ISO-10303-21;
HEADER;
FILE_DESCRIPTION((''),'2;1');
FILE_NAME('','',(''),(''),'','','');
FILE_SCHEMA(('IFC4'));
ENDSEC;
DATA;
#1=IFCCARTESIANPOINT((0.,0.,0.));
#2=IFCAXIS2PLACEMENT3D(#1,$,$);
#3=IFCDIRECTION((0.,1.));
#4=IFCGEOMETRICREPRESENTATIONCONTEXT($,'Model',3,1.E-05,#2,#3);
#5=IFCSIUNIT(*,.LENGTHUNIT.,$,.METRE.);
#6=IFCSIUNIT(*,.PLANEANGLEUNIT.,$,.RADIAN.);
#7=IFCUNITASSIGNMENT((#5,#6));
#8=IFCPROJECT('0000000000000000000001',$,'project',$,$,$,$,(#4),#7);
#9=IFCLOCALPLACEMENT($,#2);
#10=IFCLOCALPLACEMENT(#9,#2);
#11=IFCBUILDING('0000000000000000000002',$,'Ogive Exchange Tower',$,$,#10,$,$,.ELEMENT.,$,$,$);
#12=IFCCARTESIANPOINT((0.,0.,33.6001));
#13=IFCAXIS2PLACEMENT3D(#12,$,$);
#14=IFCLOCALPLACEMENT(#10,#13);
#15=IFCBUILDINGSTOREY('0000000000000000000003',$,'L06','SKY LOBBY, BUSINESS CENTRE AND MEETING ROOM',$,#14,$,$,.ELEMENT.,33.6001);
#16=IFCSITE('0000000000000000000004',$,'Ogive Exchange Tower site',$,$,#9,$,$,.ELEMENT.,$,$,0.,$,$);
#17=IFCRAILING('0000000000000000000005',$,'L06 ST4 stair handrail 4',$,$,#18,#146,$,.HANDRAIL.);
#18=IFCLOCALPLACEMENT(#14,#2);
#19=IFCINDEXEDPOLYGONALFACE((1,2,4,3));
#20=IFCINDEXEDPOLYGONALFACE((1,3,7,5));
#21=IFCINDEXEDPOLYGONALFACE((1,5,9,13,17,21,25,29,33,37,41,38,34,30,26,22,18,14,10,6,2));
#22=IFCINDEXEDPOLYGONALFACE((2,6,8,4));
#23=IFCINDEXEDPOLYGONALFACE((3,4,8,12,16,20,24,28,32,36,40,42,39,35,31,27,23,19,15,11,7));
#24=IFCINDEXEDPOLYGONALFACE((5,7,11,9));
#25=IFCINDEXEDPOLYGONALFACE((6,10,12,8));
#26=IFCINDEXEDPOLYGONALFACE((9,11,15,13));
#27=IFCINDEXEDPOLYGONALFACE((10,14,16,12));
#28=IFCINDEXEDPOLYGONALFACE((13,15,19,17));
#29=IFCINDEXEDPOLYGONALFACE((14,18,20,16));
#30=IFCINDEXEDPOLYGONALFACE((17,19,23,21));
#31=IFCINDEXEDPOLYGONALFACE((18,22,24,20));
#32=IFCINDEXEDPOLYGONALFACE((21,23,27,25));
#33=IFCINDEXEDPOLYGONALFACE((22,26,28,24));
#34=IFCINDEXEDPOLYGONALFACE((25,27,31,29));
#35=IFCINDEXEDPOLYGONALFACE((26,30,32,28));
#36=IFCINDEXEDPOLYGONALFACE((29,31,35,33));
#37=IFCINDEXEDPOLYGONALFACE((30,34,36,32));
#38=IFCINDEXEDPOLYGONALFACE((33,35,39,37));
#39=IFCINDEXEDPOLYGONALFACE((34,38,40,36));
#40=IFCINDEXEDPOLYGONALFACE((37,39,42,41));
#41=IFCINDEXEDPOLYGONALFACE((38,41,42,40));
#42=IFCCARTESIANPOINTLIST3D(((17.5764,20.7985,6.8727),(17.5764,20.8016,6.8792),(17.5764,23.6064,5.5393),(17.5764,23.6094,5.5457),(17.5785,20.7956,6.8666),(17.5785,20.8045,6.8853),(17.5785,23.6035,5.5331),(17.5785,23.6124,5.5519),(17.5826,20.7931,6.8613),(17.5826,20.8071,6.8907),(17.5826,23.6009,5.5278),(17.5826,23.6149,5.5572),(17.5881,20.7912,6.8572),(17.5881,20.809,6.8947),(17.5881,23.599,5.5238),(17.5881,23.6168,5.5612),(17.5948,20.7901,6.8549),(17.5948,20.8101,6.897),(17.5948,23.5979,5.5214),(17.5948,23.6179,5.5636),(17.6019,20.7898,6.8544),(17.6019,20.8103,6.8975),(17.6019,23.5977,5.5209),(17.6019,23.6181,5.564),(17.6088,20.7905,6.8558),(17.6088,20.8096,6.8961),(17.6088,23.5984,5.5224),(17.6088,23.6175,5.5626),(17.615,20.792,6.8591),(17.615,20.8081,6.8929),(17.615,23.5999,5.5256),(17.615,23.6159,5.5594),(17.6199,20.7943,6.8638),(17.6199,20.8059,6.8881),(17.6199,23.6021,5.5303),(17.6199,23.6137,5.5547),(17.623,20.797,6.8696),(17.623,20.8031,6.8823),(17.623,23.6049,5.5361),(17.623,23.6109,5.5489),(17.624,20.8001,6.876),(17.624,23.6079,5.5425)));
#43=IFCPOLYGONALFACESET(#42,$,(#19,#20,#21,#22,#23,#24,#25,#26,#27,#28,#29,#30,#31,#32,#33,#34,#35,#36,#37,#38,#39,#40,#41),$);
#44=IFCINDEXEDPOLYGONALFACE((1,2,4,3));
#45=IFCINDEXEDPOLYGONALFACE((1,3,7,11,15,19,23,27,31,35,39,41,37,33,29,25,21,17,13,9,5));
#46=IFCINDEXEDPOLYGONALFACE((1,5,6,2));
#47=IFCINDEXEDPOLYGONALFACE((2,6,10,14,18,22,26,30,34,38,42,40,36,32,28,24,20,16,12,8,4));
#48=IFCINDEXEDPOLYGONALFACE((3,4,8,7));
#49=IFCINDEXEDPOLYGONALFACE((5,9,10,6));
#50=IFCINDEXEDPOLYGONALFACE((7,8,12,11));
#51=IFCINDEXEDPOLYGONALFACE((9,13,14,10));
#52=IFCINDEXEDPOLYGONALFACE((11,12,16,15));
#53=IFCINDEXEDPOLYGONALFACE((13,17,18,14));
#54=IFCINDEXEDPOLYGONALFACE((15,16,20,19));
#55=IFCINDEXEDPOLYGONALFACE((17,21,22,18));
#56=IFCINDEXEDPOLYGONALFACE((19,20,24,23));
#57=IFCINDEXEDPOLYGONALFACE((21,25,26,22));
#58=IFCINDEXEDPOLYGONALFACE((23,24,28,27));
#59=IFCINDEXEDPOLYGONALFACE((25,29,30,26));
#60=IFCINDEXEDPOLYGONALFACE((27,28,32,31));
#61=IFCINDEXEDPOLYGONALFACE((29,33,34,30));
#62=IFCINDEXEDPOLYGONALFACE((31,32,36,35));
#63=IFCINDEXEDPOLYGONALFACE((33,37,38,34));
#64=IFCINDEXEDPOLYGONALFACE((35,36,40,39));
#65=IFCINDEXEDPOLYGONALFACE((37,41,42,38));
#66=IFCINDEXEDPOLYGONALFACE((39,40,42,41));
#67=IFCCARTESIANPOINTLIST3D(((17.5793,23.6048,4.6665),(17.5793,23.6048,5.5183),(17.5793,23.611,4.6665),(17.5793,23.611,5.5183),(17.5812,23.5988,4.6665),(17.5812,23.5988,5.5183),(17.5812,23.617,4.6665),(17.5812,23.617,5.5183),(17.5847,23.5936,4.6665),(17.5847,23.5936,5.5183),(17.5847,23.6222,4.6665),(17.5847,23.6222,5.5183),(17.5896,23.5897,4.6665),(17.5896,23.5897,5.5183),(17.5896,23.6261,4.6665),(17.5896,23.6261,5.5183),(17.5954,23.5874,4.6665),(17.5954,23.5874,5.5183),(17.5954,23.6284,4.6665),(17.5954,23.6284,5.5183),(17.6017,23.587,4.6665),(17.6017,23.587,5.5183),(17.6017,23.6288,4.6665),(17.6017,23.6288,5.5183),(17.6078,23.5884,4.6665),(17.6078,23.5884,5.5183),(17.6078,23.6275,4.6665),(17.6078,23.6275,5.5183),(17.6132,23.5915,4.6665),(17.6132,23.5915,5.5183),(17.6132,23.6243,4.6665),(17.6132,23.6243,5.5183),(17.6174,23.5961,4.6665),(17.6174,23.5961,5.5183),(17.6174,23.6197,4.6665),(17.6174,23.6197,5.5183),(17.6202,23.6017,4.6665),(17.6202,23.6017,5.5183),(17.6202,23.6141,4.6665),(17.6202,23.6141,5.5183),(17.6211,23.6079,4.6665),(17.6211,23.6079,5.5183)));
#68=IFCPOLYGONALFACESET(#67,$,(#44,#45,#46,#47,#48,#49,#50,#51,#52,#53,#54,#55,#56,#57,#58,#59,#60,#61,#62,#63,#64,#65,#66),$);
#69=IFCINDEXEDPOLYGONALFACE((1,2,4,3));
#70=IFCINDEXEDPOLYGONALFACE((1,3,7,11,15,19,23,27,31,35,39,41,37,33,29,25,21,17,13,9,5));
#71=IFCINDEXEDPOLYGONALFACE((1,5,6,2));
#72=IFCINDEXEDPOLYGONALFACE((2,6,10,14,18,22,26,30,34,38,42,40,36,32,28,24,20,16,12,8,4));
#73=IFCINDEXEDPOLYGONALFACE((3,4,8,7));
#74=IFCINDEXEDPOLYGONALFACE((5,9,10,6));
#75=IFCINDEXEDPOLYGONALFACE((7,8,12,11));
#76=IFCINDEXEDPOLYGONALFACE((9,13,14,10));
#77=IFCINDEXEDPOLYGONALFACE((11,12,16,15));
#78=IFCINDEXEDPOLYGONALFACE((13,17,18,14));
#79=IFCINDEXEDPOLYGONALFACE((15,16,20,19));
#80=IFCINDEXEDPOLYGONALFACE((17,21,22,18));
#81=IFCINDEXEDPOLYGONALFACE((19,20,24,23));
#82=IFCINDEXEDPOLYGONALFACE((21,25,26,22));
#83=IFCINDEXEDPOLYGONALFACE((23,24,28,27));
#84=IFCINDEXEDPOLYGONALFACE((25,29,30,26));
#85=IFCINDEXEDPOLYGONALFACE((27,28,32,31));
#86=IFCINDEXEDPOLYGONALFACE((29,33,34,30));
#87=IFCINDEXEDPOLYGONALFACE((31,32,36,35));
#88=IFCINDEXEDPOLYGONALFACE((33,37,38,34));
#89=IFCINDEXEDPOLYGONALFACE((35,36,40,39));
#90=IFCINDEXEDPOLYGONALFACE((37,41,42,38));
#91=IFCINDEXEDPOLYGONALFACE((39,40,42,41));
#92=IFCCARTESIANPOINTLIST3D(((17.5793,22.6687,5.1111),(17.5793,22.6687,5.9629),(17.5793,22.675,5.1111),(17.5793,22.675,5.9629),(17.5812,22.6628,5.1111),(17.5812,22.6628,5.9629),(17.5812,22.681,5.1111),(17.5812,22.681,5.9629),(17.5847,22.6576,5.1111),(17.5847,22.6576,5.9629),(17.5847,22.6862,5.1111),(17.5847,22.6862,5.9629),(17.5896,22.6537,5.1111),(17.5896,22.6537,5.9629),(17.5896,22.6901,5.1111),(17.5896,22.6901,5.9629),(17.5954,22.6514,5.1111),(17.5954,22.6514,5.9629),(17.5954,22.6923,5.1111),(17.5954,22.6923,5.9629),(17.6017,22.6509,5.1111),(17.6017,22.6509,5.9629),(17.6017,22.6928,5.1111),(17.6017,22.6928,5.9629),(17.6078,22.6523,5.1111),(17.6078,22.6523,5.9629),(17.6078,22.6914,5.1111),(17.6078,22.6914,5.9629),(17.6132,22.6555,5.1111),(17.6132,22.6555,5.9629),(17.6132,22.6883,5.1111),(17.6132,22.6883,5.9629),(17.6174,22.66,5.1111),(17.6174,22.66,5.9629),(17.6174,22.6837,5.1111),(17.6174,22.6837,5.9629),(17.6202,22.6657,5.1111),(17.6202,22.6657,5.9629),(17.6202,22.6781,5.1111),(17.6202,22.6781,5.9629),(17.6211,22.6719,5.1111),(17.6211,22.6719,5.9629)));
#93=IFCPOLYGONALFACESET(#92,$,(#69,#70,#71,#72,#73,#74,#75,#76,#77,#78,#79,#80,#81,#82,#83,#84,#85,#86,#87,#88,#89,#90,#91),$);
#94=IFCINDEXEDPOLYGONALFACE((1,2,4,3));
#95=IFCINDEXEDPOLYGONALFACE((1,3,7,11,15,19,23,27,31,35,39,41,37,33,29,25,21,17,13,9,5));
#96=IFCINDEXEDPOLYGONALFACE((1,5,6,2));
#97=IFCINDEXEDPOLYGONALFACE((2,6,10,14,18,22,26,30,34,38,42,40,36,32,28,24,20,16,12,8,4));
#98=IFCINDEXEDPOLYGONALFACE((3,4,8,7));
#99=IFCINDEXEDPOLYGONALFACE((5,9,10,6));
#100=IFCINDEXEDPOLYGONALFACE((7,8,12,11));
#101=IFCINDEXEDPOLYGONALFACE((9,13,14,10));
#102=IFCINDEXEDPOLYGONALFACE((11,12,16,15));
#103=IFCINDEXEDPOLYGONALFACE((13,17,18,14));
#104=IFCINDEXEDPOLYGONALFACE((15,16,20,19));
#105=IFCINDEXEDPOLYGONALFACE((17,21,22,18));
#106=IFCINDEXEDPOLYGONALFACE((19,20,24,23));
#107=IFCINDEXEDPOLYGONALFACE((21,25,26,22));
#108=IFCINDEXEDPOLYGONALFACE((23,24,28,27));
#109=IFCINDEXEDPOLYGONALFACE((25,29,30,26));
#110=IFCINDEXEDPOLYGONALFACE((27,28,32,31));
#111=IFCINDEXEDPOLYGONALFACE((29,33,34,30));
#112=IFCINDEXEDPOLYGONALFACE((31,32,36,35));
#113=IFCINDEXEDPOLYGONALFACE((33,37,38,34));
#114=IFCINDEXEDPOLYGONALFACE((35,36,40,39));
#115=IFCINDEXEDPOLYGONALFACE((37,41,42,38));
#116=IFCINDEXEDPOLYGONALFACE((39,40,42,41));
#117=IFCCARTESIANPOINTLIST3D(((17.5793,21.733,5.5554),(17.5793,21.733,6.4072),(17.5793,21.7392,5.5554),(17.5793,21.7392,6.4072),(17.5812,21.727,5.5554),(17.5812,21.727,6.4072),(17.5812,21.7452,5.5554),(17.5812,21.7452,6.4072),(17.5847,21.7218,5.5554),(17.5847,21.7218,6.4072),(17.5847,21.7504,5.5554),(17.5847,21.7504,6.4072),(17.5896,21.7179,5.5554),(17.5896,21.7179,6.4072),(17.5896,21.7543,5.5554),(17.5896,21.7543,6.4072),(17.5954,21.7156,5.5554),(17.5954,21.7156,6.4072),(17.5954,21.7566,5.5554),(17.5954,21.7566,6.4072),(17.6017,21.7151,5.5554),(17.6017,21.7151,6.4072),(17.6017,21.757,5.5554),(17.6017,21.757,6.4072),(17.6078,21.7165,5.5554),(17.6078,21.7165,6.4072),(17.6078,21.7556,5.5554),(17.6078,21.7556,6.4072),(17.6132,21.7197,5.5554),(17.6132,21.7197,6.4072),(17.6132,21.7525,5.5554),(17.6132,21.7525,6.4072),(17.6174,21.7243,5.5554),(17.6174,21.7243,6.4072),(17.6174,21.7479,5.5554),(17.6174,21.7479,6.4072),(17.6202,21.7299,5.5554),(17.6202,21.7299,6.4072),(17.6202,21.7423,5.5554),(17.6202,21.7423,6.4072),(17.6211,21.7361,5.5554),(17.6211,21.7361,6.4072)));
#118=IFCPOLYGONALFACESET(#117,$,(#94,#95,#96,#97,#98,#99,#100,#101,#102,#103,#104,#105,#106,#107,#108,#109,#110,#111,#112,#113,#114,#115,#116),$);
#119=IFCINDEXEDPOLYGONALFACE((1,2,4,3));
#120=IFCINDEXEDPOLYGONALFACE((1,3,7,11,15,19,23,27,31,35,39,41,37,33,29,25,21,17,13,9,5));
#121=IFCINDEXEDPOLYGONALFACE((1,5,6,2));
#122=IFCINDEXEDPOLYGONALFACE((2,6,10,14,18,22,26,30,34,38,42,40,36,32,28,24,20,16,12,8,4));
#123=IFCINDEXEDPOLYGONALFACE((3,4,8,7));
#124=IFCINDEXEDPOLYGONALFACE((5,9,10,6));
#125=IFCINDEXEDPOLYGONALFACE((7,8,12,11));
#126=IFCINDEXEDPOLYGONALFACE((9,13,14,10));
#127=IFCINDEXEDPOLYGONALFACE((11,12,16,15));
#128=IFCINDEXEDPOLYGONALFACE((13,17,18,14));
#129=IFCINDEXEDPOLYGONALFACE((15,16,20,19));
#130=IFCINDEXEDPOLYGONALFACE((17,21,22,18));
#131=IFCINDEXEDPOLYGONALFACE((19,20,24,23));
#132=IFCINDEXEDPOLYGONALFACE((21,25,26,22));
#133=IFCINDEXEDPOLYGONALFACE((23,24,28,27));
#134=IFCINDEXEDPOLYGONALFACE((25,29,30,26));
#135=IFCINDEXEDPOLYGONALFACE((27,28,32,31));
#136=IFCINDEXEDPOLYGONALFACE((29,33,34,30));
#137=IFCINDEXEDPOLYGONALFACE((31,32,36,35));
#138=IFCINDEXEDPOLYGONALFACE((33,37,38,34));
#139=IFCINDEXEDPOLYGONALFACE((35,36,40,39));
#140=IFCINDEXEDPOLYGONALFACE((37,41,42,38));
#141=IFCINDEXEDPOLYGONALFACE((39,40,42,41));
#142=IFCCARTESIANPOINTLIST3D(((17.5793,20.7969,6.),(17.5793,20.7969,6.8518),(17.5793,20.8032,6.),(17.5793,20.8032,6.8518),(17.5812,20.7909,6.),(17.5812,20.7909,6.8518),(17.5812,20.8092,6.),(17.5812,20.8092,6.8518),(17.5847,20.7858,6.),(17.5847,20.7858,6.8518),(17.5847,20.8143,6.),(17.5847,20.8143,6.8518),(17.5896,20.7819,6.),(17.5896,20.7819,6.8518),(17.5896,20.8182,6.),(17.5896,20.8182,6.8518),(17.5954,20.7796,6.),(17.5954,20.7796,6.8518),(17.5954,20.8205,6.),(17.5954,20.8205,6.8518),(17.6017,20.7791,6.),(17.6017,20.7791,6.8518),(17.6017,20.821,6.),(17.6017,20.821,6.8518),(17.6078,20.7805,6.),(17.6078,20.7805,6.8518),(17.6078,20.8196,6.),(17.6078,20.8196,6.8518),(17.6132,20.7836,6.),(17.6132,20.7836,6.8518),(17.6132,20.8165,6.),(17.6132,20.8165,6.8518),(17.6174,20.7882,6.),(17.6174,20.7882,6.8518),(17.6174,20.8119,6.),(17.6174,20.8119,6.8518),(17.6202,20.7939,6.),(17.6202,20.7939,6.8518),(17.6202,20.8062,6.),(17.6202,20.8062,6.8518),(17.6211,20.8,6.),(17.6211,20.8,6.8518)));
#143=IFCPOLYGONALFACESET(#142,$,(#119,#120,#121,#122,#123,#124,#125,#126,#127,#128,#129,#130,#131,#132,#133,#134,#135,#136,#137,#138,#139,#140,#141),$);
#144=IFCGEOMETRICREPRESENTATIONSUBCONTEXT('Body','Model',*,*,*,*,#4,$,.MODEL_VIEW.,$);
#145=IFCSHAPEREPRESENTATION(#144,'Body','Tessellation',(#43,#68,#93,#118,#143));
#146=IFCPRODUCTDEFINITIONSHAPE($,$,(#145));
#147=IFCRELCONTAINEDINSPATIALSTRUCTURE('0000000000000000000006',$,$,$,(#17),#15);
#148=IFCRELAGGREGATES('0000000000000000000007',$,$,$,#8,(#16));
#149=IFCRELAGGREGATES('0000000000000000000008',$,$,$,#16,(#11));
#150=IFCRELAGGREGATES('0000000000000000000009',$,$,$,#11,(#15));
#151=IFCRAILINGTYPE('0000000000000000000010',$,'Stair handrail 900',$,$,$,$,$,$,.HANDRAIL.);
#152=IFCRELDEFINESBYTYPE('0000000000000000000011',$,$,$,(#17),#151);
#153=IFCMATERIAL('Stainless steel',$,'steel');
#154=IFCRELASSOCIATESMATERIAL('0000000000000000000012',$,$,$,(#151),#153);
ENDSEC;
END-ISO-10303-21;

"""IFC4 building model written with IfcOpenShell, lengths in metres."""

from ifc_helpers import new_model, si_unit, direction, frame, origin, origin_2d, place, context, subcontext, project, spatial, circle, extrude, material, type_object, element, save


model = new_model("IFC4")

# Units and contexts
model_context = context("Model", 3, precision=1e-05, world=origin(), true_north=direction((0.0, 1.0)))
body_context = subcontext(model_context, "Body", "Model", "MODEL_VIEW")
ifc_project = project(units=[si_unit("LENGTHUNIT", "METRE"), si_unit("PLANEANGLEUNIT", "RADIAN")], contexts=[model_context])

# Site, building, storey
site_placement = place(None, origin())
site = spatial("IfcSite", under=ifc_project, at=site_placement, Name="Ogive Exchange Tower site", CompositionType="ELEMENT", RefElevation=0.0)
building_placement = place(site_placement, origin())
building = spatial("IfcBuilding", under=site, at=building_placement, Name="Ogive Exchange Tower", CompositionType="ELEMENT")
storey_placement = place(building_placement, frame((0.0, 0.0, 33.6001)))
storey = spatial("IfcBuildingStorey", under=building, at=storey_placement, Name="L06", Description="SKY LOBBY, BUSINESS CENTRE AND MEETING ROOM", CompositionType="ELEMENT", Elevation=33.6001)

# Railing
ifc_material_1 = material(Name="Stainless steel", Category="steel")
railing_type_1 = type_object("IfcRailingType", Name="Stair handrail 900", PredefinedType="HANDRAIL", material=ifc_material_1)
railing_1_placement = place(storey_placement, frame((17.6001, 23.6079, 4.6665)))
element("IfcRailing", 1, at=railing_1_placement, inside=storey, type_object=railing_type_1, Name="L06 ST4 stair handrail 4", PredefinedType="HANDRAIL", context=body_context, shape_type="SweptSolid", body=[
    extrude(circle(Radius=0.0239, at=origin_2d()), frame((0.0, 0.0, 0.876), z_axis=(0.0, -0.903307, 0.428994), x_axis=(1.0, 0.0, 0.0)), (0.0, 0.0, 1.0), 3.1084),
    extrude(circle(Radius=0.021, at=origin_2d()), origin(), (0.0, 0.0, 1.0), 0.8518),
    extrude(circle(Radius=0.021, at=origin_2d()), frame((0.0, -0.936, 0.4446)), (0.0, 0.0, 1.0), 0.8518),
    extrude(circle(Radius=0.021, at=origin_2d()), frame((0.0, -1.8718, 0.8889)), (0.0, 0.0, 1.0), 0.8518),
    extrude(circle(Radius=0.021, at=origin_2d()), frame((0.0, -2.8079, 1.3335)), (0.0, 0.0, 1.0), 0.8518),
])

save(model, "model.ifc")
